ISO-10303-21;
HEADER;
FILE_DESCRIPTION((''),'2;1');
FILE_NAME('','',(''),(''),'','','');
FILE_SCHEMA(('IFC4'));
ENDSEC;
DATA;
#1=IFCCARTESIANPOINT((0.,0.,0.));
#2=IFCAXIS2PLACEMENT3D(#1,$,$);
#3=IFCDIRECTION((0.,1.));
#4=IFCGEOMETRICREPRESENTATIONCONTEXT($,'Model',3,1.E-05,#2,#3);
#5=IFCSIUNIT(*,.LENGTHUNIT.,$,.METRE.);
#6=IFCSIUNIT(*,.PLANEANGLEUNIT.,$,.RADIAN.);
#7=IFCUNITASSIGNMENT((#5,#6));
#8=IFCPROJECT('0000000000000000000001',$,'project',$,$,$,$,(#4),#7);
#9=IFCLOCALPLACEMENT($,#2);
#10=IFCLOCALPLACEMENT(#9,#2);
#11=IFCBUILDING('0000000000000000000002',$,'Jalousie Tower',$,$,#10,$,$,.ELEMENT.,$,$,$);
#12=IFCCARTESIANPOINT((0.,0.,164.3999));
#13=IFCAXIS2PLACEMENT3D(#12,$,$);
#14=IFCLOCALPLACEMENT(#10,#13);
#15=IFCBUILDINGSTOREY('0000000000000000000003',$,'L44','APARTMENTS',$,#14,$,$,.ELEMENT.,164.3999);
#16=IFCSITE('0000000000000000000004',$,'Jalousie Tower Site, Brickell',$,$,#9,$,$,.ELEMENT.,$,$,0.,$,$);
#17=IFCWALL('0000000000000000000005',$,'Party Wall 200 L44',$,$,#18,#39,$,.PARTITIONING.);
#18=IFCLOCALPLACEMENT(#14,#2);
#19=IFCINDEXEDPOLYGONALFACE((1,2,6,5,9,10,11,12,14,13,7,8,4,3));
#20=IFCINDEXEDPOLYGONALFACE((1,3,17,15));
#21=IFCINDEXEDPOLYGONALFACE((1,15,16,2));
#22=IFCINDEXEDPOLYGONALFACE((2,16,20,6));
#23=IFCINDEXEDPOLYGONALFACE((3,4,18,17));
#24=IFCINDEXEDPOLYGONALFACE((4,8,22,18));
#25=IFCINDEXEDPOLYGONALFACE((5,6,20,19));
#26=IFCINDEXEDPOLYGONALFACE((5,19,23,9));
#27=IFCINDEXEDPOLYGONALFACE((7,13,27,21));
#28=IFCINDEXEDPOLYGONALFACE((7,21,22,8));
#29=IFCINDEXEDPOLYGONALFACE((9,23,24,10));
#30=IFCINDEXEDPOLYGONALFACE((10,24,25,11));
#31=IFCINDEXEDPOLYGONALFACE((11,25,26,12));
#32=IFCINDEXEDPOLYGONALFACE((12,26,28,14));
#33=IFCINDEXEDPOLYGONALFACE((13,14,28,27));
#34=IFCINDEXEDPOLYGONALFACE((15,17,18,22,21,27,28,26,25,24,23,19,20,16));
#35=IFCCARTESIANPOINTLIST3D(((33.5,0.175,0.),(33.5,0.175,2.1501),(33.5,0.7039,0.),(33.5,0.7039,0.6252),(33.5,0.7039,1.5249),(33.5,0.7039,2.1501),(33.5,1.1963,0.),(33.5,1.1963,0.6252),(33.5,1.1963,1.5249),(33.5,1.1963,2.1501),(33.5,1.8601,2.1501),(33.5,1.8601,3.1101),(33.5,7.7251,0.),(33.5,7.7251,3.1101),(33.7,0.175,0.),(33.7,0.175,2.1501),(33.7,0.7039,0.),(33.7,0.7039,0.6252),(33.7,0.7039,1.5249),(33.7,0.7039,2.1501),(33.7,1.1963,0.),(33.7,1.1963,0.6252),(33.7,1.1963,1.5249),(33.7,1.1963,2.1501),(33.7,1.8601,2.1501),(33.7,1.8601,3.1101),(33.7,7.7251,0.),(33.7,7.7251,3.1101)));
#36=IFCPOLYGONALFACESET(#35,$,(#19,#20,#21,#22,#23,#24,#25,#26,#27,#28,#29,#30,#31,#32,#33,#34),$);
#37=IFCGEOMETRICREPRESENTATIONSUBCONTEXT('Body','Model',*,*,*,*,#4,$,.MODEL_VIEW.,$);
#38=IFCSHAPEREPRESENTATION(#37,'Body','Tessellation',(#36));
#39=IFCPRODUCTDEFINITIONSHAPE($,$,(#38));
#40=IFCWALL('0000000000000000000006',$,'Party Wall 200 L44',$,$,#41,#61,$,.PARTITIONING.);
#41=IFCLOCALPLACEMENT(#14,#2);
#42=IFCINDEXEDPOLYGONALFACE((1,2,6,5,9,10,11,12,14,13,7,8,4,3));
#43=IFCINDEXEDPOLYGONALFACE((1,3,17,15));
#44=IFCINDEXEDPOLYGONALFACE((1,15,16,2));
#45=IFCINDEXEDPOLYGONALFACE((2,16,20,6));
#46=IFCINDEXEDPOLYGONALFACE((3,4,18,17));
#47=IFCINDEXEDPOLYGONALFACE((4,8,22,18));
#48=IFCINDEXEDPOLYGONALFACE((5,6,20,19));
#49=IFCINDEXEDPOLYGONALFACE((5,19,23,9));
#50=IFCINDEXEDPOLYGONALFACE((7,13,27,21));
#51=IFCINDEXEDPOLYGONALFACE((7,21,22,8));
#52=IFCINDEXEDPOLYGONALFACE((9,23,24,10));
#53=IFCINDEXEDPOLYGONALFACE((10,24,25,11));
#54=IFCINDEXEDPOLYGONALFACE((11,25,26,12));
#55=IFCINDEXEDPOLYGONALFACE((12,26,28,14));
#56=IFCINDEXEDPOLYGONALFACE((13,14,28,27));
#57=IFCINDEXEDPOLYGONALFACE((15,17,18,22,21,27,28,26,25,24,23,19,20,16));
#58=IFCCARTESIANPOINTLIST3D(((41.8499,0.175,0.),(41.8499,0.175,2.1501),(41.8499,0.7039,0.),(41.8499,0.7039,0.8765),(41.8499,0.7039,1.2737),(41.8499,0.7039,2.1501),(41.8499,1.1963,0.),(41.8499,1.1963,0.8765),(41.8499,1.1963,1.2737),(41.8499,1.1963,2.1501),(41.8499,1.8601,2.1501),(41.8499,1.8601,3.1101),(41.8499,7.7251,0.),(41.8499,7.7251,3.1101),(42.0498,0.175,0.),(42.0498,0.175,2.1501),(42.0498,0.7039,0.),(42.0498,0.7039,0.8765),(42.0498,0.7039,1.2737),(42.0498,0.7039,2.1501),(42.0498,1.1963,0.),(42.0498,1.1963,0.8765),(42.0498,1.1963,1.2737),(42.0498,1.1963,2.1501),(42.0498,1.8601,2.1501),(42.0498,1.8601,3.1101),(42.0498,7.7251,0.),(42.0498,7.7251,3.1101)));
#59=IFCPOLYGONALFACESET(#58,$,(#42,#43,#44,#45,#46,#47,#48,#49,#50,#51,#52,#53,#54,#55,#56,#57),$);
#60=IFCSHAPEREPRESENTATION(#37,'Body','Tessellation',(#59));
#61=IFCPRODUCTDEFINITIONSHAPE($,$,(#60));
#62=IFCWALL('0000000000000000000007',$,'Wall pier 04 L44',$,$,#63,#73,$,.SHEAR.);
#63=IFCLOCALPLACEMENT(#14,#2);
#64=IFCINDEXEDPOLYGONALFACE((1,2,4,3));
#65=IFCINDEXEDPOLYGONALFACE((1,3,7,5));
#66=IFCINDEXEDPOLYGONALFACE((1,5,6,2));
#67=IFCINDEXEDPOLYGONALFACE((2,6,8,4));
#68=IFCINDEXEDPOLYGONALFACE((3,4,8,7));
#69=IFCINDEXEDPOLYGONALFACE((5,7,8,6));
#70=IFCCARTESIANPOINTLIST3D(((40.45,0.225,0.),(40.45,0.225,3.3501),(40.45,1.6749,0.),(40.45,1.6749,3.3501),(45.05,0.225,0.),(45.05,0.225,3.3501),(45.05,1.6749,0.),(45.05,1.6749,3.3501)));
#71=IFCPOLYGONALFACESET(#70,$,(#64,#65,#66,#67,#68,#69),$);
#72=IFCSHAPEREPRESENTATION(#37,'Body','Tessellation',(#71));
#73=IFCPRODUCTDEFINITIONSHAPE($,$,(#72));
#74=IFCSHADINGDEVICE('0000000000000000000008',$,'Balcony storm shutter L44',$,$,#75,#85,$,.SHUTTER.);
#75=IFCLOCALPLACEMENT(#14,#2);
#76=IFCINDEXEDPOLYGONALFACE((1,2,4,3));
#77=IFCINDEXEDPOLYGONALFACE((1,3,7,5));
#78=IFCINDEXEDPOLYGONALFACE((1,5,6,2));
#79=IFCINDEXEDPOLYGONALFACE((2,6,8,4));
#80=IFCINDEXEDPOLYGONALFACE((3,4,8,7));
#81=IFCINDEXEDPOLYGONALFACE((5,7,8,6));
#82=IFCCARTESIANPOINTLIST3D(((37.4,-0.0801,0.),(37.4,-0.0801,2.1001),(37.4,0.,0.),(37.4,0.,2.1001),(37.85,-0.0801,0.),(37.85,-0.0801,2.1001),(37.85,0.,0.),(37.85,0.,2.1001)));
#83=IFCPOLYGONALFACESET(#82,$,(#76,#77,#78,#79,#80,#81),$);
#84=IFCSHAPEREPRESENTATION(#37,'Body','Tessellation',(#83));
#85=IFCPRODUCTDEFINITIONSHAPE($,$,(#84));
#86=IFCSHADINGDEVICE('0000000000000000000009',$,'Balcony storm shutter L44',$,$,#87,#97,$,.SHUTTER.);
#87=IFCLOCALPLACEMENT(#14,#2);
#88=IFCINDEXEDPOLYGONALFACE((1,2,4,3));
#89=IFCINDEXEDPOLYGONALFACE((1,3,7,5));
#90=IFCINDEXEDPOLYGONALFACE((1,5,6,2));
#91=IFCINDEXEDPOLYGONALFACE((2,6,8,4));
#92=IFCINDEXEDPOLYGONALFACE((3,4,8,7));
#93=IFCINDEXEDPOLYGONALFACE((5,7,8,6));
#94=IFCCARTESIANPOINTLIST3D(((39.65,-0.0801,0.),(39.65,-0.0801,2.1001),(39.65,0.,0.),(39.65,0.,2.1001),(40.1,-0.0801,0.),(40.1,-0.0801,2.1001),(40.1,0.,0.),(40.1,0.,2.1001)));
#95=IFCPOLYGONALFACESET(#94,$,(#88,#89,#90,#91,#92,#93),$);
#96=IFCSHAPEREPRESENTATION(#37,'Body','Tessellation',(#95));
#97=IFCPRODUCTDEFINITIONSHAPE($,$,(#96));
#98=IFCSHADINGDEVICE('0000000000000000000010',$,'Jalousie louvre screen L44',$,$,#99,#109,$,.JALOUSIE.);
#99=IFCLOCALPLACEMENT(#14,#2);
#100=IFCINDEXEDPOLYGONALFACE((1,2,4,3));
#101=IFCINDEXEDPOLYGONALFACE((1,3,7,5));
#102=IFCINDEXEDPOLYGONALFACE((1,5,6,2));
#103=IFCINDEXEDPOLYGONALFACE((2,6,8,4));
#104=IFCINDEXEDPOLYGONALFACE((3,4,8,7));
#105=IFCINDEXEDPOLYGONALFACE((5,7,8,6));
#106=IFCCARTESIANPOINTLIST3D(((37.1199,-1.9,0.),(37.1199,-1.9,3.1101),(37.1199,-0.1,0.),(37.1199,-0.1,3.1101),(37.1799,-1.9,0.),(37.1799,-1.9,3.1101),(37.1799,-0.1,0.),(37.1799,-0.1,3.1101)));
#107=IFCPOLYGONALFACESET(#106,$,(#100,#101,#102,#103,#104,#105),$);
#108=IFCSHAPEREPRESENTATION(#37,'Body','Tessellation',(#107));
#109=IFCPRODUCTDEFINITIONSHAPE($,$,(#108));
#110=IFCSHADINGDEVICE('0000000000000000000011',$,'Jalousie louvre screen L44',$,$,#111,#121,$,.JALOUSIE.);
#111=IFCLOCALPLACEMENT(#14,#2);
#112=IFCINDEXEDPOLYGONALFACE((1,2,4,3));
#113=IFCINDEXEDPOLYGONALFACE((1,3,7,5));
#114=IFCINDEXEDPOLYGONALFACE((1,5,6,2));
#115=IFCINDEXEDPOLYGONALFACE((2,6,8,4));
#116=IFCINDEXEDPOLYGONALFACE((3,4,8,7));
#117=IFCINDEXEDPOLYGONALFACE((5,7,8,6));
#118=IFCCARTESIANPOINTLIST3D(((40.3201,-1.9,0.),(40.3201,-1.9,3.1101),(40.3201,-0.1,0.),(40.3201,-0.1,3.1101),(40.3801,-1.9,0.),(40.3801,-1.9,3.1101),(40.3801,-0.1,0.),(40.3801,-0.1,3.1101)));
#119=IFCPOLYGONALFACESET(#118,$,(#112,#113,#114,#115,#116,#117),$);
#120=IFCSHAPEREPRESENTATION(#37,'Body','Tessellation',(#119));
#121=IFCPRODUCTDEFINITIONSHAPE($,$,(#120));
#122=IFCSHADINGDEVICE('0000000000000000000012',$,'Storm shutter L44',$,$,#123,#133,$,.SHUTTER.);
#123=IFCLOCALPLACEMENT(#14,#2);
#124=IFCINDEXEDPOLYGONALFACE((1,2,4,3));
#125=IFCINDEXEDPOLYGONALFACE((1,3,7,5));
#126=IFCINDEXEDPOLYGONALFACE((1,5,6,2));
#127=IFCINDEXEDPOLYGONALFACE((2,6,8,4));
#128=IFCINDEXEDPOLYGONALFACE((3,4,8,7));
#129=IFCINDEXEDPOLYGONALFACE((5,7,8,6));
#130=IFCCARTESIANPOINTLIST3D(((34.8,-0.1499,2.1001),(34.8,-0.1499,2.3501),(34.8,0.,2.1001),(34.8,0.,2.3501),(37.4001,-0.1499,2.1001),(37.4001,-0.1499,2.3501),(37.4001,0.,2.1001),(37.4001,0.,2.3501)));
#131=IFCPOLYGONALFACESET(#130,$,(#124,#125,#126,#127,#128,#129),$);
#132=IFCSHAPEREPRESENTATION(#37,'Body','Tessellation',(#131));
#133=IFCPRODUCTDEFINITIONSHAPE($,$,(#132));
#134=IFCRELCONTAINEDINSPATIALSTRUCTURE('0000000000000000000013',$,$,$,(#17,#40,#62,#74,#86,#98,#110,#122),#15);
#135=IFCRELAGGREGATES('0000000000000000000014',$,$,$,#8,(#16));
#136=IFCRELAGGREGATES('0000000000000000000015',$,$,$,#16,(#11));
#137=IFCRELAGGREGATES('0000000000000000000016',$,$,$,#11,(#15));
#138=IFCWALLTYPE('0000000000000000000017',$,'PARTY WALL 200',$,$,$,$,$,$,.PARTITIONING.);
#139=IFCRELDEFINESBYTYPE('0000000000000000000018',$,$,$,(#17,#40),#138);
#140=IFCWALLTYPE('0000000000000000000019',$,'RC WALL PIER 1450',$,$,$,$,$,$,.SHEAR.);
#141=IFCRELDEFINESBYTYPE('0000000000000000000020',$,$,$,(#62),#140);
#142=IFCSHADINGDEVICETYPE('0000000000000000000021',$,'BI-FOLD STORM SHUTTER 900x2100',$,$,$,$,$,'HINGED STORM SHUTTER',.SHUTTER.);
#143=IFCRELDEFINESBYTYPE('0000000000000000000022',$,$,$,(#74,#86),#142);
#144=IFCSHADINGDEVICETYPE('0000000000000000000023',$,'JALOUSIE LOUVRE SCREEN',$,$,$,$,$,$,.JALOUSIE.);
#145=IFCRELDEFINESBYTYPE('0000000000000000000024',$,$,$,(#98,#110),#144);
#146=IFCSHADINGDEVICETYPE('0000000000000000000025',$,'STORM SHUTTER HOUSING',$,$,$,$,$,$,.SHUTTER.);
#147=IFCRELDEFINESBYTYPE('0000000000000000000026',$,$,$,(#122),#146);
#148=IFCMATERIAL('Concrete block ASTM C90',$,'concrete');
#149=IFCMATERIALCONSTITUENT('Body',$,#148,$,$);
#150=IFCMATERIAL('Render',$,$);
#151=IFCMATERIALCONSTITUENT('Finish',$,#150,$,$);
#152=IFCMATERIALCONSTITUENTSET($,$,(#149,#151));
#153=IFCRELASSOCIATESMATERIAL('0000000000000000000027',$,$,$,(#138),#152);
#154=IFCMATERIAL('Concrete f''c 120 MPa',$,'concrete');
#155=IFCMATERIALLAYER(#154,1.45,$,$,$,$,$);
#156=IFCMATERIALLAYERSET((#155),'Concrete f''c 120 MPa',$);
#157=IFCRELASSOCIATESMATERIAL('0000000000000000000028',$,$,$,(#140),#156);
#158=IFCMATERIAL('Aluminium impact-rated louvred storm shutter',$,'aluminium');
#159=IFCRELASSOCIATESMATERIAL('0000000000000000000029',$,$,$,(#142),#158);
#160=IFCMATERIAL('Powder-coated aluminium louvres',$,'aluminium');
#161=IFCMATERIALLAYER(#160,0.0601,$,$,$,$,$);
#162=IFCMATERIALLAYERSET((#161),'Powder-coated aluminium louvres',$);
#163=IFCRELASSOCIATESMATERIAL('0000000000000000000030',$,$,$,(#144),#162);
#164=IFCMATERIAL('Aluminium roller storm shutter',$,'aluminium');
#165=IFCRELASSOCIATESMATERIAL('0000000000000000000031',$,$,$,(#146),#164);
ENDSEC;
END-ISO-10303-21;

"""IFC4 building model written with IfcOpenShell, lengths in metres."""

from ifc_helpers import new_model, si_unit, direction, frame, frame_2d, origin, origin_2d, place, context, subcontext, project, spatial, polyline, rectangle, outline, extrude, material, layer, layer_set, constituent, constituent_set, type_object, element, save


model = new_model("IFC4")

# Units and contexts
model_context = context("Model", 3, precision=1e-05, world=origin(), true_north=direction((0.0, 1.0)))
body_context = subcontext(model_context, "Body", "Model", "MODEL_VIEW")
ifc_project = project(units=[si_unit("LENGTHUNIT", "METRE"), si_unit("PLANEANGLEUNIT", "RADIAN")], contexts=[model_context])

# Site, building, storey
site_placement = place(None, origin())
site = spatial("IfcSite", under=ifc_project, at=site_placement, Name="Jalousie Tower Site, Brickell", CompositionType="ELEMENT", RefElevation=0.0)
building_placement = place(site_placement, origin())
building = spatial("IfcBuilding", under=site, at=building_placement, Name="Jalousie Tower", CompositionType="ELEMENT")
storey_placement = place(building_placement, frame((0.0, 0.0, 164.3999)))
storey = spatial("IfcBuildingStorey", under=building, at=storey_placement, Name="L44", Description="APARTMENTS", CompositionType="ELEMENT", Elevation=164.3999)

# Walls
ifc_material_1 = material(Name="Concrete block ASTM C90", Category="concrete")
ifc_constituent_1 = constituent(ifc_material_1, Name="Body")
ifc_material_2 = material(Name="Render")
ifc_constituent_2 = constituent(ifc_material_2, Name="Finish")
ifc_constituent_set_1 = constituent_set(constituents=[ifc_constituent_1, ifc_constituent_2])
wall_type_1 = type_object("IfcWallType", Name="PARTY WALL 200", PredefinedType="PARTITIONING", material=ifc_constituent_set_1)
wall_1_placement = place(storey_placement, frame((33.6001, 0.175, 0.0), z_axis=(0.0, 0.0, 1.0), x_axis=(0.0, 1.0, 0.0)))
element("IfcWall", 1, at=wall_1_placement, inside=storey, type_object=wall_type_1, Name="Party Wall 200 L44", PredefinedType="PARTITIONING", context=body_context, shape_type="SweptSolid", body=[
    extrude(outline(polyline([(0.5288, 2.1501), (0.0, 2.1501), (0.0, 0.0), (0.5288, 0.0), (0.5288, 0.6252), (1.0212, 0.6252), (1.0212, 0.0), (7.55, 0.0), (7.55, 3.1101), (1.6851, 3.1101), (1.6851, 2.1501), (1.0212, 2.1501), (1.0212, 1.5249), (0.5288, 1.5249), (0.5288, 2.1501)])), frame((0.0, 0.1001, 0.0), z_axis=(0.0, -1.0, 0.0), x_axis=(1.0, 0.0, 0.0)), (0.0, 0.0, 1.0), 0.2),
])
wall_2_placement = place(storey_placement, frame((41.95, 0.175, 0.0), z_axis=(0.0, 0.0, 1.0), x_axis=(0.0, 1.0, 0.0)))
element("IfcWall", 2, at=wall_2_placement, inside=storey, type_object=wall_type_1, Name="Party Wall 200 L44", PredefinedType="PARTITIONING", context=body_context, shape_type="SweptSolid", body=[
    extrude(outline(polyline([(0.5288, 2.1501), (0.0, 2.1501), (0.0, 0.0), (0.5288, 0.0), (0.5288, 0.8765), (1.0212, 0.8765), (1.0212, 0.0), (7.55, 0.0), (7.55, 3.1101), (1.6851, 3.1101), (1.6851, 2.1501), (1.0212, 2.1501), (1.0212, 1.2737), (0.5288, 1.2737), (0.5288, 2.1501)])), frame((0.0, 0.1001, 0.0), z_axis=(0.0, -1.0, 0.0), x_axis=(1.0, 0.0, 0.0)), (0.0, 0.0, 1.0), 0.2),
])
ifc_material_3 = material(Name="Concrete f'c 120 MPa", Category="concrete")
ifc_layer_1 = layer(ifc_material_3, 1.45)
ifc_layer_set_1 = layer_set([ifc_layer_1], Name="Concrete f'c 120 MPa")
wall_type_2 = type_object("IfcWallType", Name="RC WALL PIER 1450", PredefinedType="SHEAR", material=ifc_layer_set_1)
wall_3_placement = place(storey_placement, frame((40.45, 0.95, 0.0), z_axis=(0.0, 0.0, 1.0), x_axis=(1.0, 0.0, 0.0)))
element("IfcWall", 3, at=wall_3_placement, inside=storey, type_object=wall_type_2, Name="Wall pier 04 L44", PredefinedType="SHEAR", context=body_context, shape_type="SweptSolid", body=[
    extrude(rectangle(XDim=4.6001, YDim=1.45, at=frame_2d((2.3, 0.0))), origin(), (0.0, 0.0, 1.0), 3.3501),
])

# Shading devices
ifc_material_4 = material(Name="Aluminium impact-rated louvred storm shutter", Category="aluminium")
shading_device_type_1 = type_object("IfcShadingDeviceType", Name="BI-FOLD STORM SHUTTER 900x2100", ElementType="HINGED STORM SHUTTER", PredefinedType="SHUTTER", material=ifc_material_4)
for number, where, z_axis, x_axis, name in (
    (4, (37.625, -0.04, 0.0), (0.0, 0.0, 1.0), (1.0, 0.0, 0.0), "Balcony storm shutter L44"),
    (5, (39.875, -0.04, 0.0), (0.0, 0.0, 1.0), (1.0, 0.0, 0.0), "Balcony storm shutter L44"),
):
    element("IfcShadingDevice", number, at=place(storey_placement, frame(where, z_axis=z_axis, x_axis=x_axis)), inside=storey, type_object=shading_device_type_1, Name=name, PredefinedType="SHUTTER", context=body_context, shape_type="SweptSolid", body=[
        extrude(rectangle(XDim=0.45, YDim=0.0801, at=origin_2d()), origin(), (0.0, 0.0, 1.0), 2.1001),
    ])

# Shading devices
ifc_material_5 = material(Name="Powder-coated aluminium louvres", Category="aluminium")
ifc_layer_2 = layer(ifc_material_5, 0.0601)
ifc_layer_set_2 = layer_set([ifc_layer_2], Name="Powder-coated aluminium louvres")
shading_device_type_2 = type_object("IfcShadingDeviceType", Name="JALOUSIE LOUVRE SCREEN", PredefinedType="JALOUSIE", material=ifc_layer_set_2)
for number, where, z_axis, x_axis, name in (
    (6, (37.1499, -1.0, 0.0), (0.0, 0.0, 1.0), (1.0, 0.0, 0.0), "Jalousie louvre screen L44"),
    (7, (40.3501, -1.0, 0.0), (0.0, 0.0, 1.0), (1.0, 0.0, 0.0), "Jalousie louvre screen L44"),
):
    element("IfcShadingDevice", number, at=place(storey_placement, frame(where, z_axis=z_axis, x_axis=x_axis)), inside=storey, type_object=shading_device_type_2, Name=name, PredefinedType="JALOUSIE", context=body_context, shape_type="SweptSolid", body=[
        extrude(rectangle(XDim=0.0601, YDim=1.8, at=origin_2d()), origin(), (0.0, 0.0, 1.0), 3.1101),
    ])
ifc_material_6 = material(Name="Aluminium roller storm shutter", Category="aluminium")
shading_device_type_3 = type_object("IfcShadingDeviceType", Name="STORM SHUTTER HOUSING", PredefinedType="SHUTTER", material=ifc_material_6)
shading_device_placement = place(storey_placement, frame((36.1001, -0.075, 2.1001), z_axis=(0.0, 0.0, 1.0), x_axis=(1.0, 0.0, 0.0)))
element("IfcShadingDevice", 8, at=shading_device_placement, inside=storey, type_object=shading_device_type_3, Name="Storm shutter L44", PredefinedType="SHUTTER", context=body_context, shape_type="SweptSolid", body=[
    extrude(rectangle(XDim=2.6001, YDim=0.1499, at=origin_2d()), origin(), (0.0, 0.0, 1.0), 0.25),
])

save(model, "model.ifc")
